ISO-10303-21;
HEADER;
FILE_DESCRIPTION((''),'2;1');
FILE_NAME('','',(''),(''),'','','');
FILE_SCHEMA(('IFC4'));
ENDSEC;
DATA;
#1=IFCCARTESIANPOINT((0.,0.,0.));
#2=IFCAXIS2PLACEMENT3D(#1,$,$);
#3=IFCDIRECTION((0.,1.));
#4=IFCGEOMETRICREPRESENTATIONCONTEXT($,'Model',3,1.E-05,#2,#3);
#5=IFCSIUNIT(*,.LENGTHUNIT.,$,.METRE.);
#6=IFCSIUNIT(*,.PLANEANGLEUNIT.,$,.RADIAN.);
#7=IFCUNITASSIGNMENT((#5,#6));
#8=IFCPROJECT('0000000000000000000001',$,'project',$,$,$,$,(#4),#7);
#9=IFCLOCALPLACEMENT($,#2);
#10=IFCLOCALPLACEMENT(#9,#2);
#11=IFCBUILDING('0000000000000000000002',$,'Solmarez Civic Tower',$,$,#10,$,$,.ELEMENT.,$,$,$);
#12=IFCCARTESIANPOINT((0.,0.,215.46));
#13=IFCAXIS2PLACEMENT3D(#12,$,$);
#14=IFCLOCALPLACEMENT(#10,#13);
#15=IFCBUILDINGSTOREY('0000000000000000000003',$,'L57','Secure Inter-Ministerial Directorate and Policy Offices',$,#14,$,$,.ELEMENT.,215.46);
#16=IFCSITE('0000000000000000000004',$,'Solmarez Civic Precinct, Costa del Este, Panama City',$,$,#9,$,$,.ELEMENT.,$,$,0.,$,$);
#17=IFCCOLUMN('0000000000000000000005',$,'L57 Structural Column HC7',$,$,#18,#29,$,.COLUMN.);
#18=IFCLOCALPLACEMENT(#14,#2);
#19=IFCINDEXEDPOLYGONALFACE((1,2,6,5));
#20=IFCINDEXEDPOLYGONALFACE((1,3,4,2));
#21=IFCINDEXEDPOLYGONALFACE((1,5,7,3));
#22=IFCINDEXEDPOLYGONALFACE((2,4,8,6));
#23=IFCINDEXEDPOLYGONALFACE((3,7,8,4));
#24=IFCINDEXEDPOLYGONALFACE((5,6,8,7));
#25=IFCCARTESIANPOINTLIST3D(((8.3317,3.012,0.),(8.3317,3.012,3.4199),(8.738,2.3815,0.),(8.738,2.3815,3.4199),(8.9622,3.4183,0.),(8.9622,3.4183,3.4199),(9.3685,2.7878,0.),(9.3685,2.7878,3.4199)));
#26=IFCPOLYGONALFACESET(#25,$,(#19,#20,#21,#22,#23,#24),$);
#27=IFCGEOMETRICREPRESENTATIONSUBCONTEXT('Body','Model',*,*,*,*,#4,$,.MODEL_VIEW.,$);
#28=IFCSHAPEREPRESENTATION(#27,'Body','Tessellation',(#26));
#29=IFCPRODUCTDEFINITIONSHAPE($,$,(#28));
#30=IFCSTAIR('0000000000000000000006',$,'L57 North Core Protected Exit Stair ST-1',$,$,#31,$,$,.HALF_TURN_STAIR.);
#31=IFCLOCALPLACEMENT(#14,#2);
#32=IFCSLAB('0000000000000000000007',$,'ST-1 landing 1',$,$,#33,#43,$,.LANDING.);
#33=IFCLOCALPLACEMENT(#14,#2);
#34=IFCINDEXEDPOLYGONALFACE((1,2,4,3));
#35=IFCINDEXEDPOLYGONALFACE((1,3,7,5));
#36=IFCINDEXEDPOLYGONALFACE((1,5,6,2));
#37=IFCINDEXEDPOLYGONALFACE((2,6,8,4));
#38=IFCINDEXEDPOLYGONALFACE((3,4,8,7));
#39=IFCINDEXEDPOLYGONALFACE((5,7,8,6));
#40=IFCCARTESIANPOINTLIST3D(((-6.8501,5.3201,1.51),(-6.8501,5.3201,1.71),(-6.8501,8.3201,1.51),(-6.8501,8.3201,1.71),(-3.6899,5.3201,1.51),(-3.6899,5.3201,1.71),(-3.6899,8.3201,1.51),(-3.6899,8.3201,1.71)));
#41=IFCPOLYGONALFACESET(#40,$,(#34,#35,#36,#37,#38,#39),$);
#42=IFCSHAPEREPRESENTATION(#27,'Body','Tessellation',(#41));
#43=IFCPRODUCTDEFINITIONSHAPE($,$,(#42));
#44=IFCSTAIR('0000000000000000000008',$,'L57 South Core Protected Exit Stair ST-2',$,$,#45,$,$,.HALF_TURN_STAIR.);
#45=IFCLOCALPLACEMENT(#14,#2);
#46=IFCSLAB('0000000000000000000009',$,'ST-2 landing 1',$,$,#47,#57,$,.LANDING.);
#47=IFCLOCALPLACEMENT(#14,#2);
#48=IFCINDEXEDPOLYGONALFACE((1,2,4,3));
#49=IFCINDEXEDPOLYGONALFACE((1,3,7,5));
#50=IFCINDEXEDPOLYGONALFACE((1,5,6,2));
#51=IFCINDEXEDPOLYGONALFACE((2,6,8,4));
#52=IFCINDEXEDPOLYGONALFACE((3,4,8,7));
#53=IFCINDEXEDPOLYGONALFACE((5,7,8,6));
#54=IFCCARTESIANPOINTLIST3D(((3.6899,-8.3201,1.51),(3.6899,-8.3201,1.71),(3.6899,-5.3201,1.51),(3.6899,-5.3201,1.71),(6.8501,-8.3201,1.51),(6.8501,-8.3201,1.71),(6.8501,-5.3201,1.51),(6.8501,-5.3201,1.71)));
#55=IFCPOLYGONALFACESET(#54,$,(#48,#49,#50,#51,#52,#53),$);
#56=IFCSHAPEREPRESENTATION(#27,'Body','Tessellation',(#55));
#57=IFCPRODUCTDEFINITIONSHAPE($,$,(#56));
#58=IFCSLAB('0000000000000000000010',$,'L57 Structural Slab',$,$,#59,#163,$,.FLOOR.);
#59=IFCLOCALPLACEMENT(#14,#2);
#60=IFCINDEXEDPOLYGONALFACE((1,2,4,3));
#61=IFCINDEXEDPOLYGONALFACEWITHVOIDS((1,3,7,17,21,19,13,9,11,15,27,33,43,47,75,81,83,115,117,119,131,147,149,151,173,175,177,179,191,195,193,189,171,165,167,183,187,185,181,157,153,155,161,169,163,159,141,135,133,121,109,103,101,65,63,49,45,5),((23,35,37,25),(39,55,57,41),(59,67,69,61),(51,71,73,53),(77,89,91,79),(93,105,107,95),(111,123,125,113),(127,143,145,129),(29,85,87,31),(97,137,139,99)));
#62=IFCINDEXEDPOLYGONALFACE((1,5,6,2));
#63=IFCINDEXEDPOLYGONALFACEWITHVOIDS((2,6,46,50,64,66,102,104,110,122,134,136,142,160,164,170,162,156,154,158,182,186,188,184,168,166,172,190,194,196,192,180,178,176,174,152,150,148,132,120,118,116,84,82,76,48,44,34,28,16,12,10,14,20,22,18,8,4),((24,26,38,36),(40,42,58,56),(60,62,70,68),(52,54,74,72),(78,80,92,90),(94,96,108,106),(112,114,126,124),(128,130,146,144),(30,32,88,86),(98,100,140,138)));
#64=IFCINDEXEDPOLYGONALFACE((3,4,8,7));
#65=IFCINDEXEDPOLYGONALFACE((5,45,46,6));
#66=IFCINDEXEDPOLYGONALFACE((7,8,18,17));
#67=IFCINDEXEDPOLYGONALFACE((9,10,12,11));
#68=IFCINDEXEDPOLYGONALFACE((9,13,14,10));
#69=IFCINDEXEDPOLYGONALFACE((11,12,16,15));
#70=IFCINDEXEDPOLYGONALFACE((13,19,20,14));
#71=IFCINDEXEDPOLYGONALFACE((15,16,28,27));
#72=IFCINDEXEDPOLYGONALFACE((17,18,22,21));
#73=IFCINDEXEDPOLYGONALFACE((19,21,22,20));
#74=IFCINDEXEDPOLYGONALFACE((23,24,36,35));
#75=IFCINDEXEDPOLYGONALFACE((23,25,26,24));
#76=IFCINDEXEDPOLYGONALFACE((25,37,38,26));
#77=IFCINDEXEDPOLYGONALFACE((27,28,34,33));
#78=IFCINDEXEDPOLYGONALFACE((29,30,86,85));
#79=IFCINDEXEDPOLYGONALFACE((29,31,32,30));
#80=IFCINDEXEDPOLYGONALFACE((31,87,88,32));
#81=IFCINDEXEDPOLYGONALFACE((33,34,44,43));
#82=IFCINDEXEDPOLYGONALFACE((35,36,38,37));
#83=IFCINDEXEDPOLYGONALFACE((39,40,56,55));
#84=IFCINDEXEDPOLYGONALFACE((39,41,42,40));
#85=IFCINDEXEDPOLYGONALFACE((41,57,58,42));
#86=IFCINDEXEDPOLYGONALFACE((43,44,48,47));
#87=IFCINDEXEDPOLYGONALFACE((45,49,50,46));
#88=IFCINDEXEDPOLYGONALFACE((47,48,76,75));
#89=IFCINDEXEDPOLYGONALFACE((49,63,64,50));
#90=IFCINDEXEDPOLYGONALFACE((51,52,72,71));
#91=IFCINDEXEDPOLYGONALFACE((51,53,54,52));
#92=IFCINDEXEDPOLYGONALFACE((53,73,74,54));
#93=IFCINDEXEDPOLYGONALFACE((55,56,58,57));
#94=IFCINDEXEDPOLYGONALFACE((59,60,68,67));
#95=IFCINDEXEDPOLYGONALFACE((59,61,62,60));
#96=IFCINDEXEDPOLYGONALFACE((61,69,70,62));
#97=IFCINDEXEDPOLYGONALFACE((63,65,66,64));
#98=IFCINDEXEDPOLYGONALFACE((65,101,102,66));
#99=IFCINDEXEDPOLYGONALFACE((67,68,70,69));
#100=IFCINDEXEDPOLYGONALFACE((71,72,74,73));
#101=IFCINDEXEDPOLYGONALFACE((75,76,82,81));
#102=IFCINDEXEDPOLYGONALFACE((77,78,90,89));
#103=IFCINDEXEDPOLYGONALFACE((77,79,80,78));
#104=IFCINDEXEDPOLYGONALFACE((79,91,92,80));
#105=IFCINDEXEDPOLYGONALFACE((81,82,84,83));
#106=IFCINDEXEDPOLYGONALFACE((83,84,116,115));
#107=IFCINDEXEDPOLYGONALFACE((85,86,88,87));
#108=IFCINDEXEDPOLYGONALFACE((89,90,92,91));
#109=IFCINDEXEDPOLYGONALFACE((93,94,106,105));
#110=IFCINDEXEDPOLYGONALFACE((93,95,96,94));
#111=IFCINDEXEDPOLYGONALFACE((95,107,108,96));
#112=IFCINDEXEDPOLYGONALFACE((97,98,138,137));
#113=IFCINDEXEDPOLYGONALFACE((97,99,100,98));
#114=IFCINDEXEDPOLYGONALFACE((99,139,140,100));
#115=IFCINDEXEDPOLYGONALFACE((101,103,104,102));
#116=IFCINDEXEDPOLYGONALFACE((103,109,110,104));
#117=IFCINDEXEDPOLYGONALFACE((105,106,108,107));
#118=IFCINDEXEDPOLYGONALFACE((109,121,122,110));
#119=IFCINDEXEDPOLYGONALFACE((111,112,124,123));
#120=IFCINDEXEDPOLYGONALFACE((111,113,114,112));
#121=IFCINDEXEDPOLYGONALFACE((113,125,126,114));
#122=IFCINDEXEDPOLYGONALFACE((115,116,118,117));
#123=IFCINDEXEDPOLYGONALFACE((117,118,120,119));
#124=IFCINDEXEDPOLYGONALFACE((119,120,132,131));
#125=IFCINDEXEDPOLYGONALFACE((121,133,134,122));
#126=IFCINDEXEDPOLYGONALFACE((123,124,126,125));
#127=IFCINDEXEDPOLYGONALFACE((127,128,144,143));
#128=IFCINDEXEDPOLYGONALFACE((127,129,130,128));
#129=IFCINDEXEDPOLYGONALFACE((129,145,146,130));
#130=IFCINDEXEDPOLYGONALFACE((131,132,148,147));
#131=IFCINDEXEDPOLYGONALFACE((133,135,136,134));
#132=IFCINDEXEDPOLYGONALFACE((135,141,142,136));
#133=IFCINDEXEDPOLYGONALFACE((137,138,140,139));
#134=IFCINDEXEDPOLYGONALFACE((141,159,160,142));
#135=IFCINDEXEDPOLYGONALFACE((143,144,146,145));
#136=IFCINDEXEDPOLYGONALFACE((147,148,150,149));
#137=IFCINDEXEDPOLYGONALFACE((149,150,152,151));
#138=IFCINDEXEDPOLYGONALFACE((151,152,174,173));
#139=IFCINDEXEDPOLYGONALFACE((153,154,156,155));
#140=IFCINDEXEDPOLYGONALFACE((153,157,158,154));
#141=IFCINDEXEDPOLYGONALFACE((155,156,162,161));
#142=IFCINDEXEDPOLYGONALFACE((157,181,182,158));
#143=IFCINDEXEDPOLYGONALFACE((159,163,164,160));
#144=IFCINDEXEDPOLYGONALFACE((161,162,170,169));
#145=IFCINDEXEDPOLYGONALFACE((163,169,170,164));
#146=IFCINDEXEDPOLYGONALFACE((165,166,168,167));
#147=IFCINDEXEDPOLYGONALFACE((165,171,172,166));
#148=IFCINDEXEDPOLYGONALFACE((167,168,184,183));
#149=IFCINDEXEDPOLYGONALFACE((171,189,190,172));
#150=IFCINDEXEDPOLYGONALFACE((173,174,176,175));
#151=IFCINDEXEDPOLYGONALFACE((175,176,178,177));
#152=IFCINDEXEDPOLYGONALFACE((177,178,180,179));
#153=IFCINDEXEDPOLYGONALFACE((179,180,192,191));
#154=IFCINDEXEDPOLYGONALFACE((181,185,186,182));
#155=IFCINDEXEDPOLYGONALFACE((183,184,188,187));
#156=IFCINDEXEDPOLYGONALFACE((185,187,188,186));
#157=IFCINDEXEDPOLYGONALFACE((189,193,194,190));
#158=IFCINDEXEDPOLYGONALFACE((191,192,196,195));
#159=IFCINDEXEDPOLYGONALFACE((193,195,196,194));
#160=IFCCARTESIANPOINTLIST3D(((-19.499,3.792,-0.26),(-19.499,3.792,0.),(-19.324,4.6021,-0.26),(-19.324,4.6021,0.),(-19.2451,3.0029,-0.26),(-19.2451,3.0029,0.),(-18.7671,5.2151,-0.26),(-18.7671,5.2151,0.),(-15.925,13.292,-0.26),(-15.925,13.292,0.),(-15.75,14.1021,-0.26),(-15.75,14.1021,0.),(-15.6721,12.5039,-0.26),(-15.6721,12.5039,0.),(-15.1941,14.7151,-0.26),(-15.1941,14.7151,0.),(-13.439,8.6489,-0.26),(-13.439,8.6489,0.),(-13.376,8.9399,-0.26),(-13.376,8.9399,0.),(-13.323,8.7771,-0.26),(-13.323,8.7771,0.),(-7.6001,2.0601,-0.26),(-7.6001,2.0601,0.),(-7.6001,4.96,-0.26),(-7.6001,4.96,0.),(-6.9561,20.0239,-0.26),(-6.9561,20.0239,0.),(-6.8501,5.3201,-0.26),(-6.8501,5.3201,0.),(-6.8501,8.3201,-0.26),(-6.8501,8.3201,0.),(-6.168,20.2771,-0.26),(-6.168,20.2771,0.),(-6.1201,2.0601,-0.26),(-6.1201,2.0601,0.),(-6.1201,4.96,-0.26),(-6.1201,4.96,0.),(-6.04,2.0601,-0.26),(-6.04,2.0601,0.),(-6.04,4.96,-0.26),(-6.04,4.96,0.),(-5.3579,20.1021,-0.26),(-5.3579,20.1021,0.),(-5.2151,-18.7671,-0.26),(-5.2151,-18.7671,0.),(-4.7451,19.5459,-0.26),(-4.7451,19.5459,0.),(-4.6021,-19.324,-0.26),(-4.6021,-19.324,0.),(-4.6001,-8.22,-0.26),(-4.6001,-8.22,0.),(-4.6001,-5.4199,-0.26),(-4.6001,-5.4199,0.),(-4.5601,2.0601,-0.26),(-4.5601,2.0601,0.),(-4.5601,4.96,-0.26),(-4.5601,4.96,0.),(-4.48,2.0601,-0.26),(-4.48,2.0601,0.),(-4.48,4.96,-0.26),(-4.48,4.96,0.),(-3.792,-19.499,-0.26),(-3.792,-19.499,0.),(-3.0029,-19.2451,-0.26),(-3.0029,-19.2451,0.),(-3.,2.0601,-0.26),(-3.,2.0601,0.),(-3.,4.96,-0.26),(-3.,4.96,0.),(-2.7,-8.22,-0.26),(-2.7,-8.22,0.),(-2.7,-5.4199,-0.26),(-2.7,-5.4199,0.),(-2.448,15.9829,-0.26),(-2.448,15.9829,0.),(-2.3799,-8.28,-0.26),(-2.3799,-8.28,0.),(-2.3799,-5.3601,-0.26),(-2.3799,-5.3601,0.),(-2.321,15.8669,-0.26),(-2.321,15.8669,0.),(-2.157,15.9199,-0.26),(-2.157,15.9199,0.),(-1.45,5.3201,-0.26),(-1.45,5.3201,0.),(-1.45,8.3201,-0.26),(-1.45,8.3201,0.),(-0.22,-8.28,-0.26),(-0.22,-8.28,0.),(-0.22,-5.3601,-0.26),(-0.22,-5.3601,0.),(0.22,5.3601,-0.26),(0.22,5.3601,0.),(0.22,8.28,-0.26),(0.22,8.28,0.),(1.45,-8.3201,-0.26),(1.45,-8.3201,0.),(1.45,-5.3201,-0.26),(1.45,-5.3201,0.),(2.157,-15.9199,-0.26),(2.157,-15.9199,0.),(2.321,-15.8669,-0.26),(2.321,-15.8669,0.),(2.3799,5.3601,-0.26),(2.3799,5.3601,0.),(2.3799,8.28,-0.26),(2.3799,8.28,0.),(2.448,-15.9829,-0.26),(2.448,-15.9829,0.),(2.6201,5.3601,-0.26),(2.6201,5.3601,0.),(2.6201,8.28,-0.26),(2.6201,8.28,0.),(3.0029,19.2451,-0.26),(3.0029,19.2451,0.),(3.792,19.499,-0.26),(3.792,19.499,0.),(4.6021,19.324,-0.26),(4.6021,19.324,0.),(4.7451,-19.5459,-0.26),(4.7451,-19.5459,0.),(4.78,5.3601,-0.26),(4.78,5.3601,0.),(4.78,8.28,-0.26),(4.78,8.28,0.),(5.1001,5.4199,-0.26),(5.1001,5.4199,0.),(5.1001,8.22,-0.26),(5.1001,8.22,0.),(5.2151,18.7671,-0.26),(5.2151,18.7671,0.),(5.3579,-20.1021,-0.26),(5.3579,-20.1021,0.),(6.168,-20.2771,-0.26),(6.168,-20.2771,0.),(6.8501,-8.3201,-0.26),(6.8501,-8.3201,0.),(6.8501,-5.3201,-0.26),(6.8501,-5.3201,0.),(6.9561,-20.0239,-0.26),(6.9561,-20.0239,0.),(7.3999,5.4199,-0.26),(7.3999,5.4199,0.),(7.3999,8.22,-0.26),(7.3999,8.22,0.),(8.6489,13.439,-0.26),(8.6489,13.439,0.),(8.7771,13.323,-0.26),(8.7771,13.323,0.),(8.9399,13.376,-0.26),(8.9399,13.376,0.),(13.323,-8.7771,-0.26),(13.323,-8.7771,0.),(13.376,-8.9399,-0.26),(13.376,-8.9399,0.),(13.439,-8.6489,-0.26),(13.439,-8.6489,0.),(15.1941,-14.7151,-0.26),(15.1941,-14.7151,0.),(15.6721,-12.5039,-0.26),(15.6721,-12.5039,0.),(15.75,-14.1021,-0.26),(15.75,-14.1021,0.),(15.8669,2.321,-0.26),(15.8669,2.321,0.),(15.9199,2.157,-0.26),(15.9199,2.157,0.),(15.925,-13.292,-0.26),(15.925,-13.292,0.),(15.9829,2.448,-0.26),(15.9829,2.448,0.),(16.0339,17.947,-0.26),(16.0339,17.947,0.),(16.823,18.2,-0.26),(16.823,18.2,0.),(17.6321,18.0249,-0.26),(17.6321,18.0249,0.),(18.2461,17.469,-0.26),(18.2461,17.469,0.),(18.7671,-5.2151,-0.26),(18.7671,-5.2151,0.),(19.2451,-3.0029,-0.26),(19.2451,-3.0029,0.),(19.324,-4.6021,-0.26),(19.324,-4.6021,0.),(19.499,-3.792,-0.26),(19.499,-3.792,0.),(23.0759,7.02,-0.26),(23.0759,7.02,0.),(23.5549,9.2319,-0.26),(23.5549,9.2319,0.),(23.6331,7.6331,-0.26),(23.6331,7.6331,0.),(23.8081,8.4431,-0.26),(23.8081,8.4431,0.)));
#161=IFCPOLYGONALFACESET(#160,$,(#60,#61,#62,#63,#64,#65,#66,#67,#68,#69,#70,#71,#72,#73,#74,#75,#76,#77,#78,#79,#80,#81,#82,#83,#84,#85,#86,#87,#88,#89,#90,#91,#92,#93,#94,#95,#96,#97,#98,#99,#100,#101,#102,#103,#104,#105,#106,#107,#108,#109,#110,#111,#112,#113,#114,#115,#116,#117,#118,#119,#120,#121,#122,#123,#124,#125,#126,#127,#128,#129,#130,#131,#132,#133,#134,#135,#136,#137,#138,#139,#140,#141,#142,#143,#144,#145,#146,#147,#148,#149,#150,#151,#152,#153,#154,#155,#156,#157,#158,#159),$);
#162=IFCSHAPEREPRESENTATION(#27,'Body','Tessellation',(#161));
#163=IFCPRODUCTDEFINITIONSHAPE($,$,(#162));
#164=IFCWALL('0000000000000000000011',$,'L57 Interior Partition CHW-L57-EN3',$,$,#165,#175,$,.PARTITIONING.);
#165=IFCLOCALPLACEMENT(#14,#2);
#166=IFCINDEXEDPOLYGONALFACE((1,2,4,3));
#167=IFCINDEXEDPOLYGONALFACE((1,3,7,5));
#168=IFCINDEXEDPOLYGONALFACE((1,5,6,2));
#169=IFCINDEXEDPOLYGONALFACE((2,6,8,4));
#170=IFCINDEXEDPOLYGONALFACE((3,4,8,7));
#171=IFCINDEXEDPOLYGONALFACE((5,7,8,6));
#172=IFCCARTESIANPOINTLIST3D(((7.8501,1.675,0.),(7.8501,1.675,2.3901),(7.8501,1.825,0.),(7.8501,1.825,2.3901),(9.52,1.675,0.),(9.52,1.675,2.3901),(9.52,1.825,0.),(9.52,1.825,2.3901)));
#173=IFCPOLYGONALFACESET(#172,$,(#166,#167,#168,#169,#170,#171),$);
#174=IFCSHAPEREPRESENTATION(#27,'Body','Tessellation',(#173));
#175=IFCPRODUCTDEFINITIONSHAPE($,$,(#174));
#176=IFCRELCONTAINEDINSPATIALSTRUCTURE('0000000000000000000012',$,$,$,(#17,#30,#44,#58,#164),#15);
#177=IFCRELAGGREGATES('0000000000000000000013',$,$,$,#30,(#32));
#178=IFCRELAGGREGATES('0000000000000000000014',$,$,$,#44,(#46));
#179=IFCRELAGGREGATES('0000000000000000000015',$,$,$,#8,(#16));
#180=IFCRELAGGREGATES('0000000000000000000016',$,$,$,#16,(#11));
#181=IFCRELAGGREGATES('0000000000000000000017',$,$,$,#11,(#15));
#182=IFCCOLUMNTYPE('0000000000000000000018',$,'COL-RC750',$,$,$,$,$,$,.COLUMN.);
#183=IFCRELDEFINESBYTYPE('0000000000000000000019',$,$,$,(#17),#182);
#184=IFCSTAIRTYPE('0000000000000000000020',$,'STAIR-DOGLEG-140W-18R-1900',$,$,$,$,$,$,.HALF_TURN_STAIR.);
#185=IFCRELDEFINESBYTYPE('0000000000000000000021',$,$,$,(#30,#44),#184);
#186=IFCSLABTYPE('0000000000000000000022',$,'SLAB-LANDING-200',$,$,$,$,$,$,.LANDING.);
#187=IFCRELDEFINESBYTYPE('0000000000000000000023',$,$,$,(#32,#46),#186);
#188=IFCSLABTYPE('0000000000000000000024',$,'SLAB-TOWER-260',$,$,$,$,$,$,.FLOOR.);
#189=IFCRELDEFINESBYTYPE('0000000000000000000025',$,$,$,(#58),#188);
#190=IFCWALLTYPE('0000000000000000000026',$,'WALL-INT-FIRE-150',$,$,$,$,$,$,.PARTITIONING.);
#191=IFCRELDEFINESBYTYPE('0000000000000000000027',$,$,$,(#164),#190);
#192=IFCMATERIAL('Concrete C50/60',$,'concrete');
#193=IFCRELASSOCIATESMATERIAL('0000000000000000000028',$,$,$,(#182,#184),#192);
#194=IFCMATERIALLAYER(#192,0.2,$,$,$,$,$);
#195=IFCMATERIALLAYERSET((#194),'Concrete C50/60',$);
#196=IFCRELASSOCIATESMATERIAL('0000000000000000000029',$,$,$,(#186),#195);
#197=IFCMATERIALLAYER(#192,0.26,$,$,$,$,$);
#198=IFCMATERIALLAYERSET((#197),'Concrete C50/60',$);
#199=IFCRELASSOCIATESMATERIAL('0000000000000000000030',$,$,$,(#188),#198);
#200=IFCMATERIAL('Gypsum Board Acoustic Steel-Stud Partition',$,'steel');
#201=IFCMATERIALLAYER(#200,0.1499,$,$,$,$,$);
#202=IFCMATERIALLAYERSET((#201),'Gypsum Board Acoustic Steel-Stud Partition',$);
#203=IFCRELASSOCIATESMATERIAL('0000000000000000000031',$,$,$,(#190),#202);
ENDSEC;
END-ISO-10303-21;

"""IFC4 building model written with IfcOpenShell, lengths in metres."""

from ifc_helpers import new_model, si_unit, direction, frame, frame_2d, origin, origin_2d, place, context, subcontext, project, spatial, polyline, rectangle, outline, extrude, material, layer, layer_set, material_profile, profile_set, type_object, element, aggregate, save


model = new_model("IFC4")

# Units and contexts
model_context = context("Model", 3, precision=1e-05, world=origin(), true_north=direction((0.0, 1.0)))
body_context = subcontext(model_context, "Body", "Model", "MODEL_VIEW")
ifc_project = project(units=[si_unit("LENGTHUNIT", "METRE"), si_unit("PLANEANGLEUNIT", "RADIAN")], contexts=[model_context])

# Site, building, storey
site_placement = place(None, origin())
site = spatial("IfcSite", under=ifc_project, at=site_placement, Name="Solmarez Civic Precinct, Costa del Este, Panama City", CompositionType="ELEMENT", RefElevation=0.0)
building_placement = place(site_placement, origin())
building = spatial("IfcBuilding", under=site, at=building_placement, Name="Solmarez Civic Tower", CompositionType="ELEMENT")
storey_placement = place(building_placement, frame((0.0, 0.0, 215.46)))
storey = spatial("IfcBuildingStorey", under=building, at=storey_placement, Name="L57", Description="Secure Inter-Ministerial Directorate and Policy Offices", CompositionType="ELEMENT", Elevation=215.46)

# Column
ifc_material_1 = material(Name="Concrete C50/60", Category="concrete")
ifc_material_profile = material_profile(ifc_material_1, rectangle(XDim=0.75, YDim=0.75, at=origin_2d()), Name="RC750X750")
ifc_profile_set = profile_set([ifc_material_profile], Name="Concrete C50/60")
column_type = type_object("IfcColumnType", Name="COL-RC750", PredefinedType="COLUMN", material=ifc_profile_set)
column_placement = place(storey_placement, frame((8.8501, 2.8999, 0.0), z_axis=(0.0, 0.0, 1.0), x_axis=(0.840567, 0.541708, 0.0)))
element("IfcColumn", 1, at=column_placement, inside=storey, type_object=column_type, Name="L57 Structural Column HC7", PredefinedType="COLUMN", context=body_context, shape_type="SweptSolid", body=[
    extrude(rectangle(XDim=0.75, YDim=0.75, at=origin_2d()), origin(), (0.0, 0.0, 1.0), 3.4199),
])

# Stairs, slabs
stair_type = type_object("IfcStairType", Name="STAIR-DOGLEG-140W-18R-1900", PredefinedType="HALF_TURN_STAIR", material=ifc_material_1)
stair_1_placement = place(storey_placement, origin())
stair_1 = element("IfcStair", 2, at=stair_1_placement, inside=storey, type_object=stair_type, Name="L57 North Core Protected Exit Stair ST-1", PredefinedType="HALF_TURN_STAIR")
ifc_layer_1 = layer(ifc_material_1, 0.2)
ifc_layer_set_1 = layer_set([ifc_layer_1], Name="Concrete C50/60")
slab_type_1 = type_object("IfcSlabType", Name="SLAB-LANDING-200", PredefinedType="LANDING", material=ifc_layer_set_1)
slab_1_placement = place(storey_placement, frame((0.0, 0.0, 1.51)))
slab_1 = element("IfcSlab", 3, at=slab_1_placement, type_object=slab_type_1, Name="ST-1 landing 1", PredefinedType="LANDING", context=body_context, shape_type="SweptSolid", body=[
    extrude(outline(polyline([(-3.6899, 8.3201), (-6.8501, 8.3201), (-6.8501, 5.3201), (-3.6899, 5.3201), (-3.6899, 8.3201)])), origin(), (0.0, 0.0, 1.0), 0.2),
])
aggregate(stair_1, [slab_1])
stair_2_placement = place(storey_placement, origin())
stair_2 = element("IfcStair", 4, at=stair_2_placement, inside=storey, type_object=stair_type, Name="L57 South Core Protected Exit Stair ST-2", PredefinedType="HALF_TURN_STAIR")
slab_2_placement = place(storey_placement, frame((0.0, 0.0, 1.51)))
slab_2 = element("IfcSlab", 5, at=slab_2_placement, type_object=slab_type_1, Name="ST-2 landing 1", PredefinedType="LANDING", context=body_context, shape_type="SweptSolid", body=[
    extrude(outline(polyline([(3.6899, -8.3201), (6.8501, -8.3201), (6.8501, -5.3201), (3.6899, -5.3201), (3.6899, -8.3201)])), origin(), (0.0, 0.0, 1.0), 0.2),
])
aggregate(stair_2, [slab_2])

# Slab
ifc_layer_2 = layer(ifc_material_1, 0.26)
ifc_layer_set_2 = layer_set([ifc_layer_2], Name="Concrete C50/60")
slab_type_2 = type_object("IfcSlabType", Name="SLAB-TOWER-260", PredefinedType="FLOOR", material=ifc_layer_set_2)
slab_3_placement = place(storey_placement, frame((0.0, 0.0, -0.26)))
element("IfcSlab", 6, at=slab_3_placement, inside=storey, type_object=slab_type_2, Name="L57 Structural Slab", PredefinedType="FLOOR", context=body_context, shape_type="SweptSolid", body=[
    extrude(outline(polyline([(2.448, -15.9829), (4.7451, -19.5459), (5.3579, -20.1021), (6.168, -20.2771), (6.9561, -20.0239), (15.1941, -14.7151), (15.75, -14.1021), (15.925, -13.292), (15.6721, -12.5039), (13.376, -8.9399), (13.323, -8.7771), (13.439, -8.6489), (18.7671, -5.2151), (19.324, -4.6021), (19.499, -3.792), (19.2451, -3.0029), (15.9199, 2.157), (15.8669, 2.321), (15.9829, 2.448), (23.0759, 7.02), (23.6331, 7.6331), (23.8081, 8.4431), (23.5549, 9.2319), (18.2461, 17.469), (17.6321, 18.0249), (16.823, 18.2), (16.0339, 17.947), (8.9399, 13.376), (8.7771, 13.323), (8.6489, 13.439), (5.2151, 18.7671), (4.6021, 19.324), (3.792, 19.499), (3.0029, 19.2451), (-2.157, 15.9199), (-2.321, 15.8669), (-2.448, 15.9829), (-4.7451, 19.5459), (-5.3579, 20.1021), (-6.168, 20.2771), (-6.9561, 20.0239), (-15.1941, 14.7151), (-15.75, 14.1021), (-15.925, 13.292), (-15.6721, 12.5039), (-13.376, 8.9399), (-13.323, 8.7771), (-13.439, 8.6489), (-18.7671, 5.2151), (-19.324, 4.6021), (-19.499, 3.792), (-19.2451, 3.0029), (-5.2151, -18.7671), (-4.6021, -19.324), (-3.792, -19.499), (-3.0029, -19.2451), (2.157, -15.9199), (2.321, -15.8669), (2.448, -15.9829)]), holes=[polyline([(-1.45, 8.3201), (-6.8501, 8.3201), (-6.8501, 5.3201), (-1.45, 5.3201), (-1.45, 8.3201)]), polyline([(1.45, -8.3201), (6.8501, -8.3201), (6.8501, -5.3201), (1.45, -5.3201), (1.45, -8.3201)]), polyline([(0.22, 5.3601), (2.3799, 5.3601), (2.3799, 8.28), (0.22, 8.28), (0.22, 5.3601)]), polyline([(2.6201, 5.3601), (4.78, 5.3601), (4.78, 8.28), (2.6201, 8.28), (2.6201, 5.3601)]), polyline([(-2.3799, -8.28), (-0.22, -8.28), (-0.22, -5.3601), (-2.3799, -5.3601), (-2.3799, -8.28)]), polyline([(-7.6001, 2.0601), (-6.1201, 2.0601), (-6.1201, 4.96), (-7.6001, 4.96), (-7.6001, 2.0601)]), polyline([(-6.04, 2.0601), (-4.5601, 2.0601), (-4.5601, 4.96), (-6.04, 4.96), (-6.04, 2.0601)]), polyline([(-4.48, 2.0601), (-3.0, 2.0601), (-3.0, 4.96), (-4.48, 4.96), (-4.48, 2.0601)]), polyline([(5.1001, 5.4199), (7.3999, 5.4199), (7.3999, 8.22), (5.1001, 8.22), (5.1001, 5.4199)]), polyline([(-4.6001, -8.22), (-2.7, -8.22), (-2.7, -5.4199), (-4.6001, -5.4199), (-4.6001, -8.22)])]), origin(), (0.0, 0.0, 1.0), 0.26),
])

# Wall
ifc_material_2 = material(Name="Gypsum Board Acoustic Steel-Stud Partition", Category="steel")
ifc_layer_3 = layer(ifc_material_2, 0.1499)
ifc_layer_set_3 = layer_set([ifc_layer_3], Name="Gypsum Board Acoustic Steel-Stud Partition")
wall_type_1 = type_object("IfcWallType", Name="WALL-INT-FIRE-150", PredefinedType="PARTITIONING", material=ifc_layer_set_3)
wall_1_placement = place(storey_placement, frame((7.8501, 1.75, 0.0), z_axis=(0.0, 0.0, 1.0), x_axis=(1.0, 0.0, 0.0)))
element("IfcWall", 7, at=wall_1_placement, inside=storey, type_object=wall_type_1, Name="L57 Interior Partition CHW-L57-EN3", PredefinedType="PARTITIONING", context=body_context, shape_type="SweptSolid", body=[
    extrude(rectangle(XDim=1.6699, YDim=0.1499, at=frame_2d((0.835, 0.0))), origin(), (0.0, 0.0, 1.0), 2.3901),
])

save(model, "model.ifc")
